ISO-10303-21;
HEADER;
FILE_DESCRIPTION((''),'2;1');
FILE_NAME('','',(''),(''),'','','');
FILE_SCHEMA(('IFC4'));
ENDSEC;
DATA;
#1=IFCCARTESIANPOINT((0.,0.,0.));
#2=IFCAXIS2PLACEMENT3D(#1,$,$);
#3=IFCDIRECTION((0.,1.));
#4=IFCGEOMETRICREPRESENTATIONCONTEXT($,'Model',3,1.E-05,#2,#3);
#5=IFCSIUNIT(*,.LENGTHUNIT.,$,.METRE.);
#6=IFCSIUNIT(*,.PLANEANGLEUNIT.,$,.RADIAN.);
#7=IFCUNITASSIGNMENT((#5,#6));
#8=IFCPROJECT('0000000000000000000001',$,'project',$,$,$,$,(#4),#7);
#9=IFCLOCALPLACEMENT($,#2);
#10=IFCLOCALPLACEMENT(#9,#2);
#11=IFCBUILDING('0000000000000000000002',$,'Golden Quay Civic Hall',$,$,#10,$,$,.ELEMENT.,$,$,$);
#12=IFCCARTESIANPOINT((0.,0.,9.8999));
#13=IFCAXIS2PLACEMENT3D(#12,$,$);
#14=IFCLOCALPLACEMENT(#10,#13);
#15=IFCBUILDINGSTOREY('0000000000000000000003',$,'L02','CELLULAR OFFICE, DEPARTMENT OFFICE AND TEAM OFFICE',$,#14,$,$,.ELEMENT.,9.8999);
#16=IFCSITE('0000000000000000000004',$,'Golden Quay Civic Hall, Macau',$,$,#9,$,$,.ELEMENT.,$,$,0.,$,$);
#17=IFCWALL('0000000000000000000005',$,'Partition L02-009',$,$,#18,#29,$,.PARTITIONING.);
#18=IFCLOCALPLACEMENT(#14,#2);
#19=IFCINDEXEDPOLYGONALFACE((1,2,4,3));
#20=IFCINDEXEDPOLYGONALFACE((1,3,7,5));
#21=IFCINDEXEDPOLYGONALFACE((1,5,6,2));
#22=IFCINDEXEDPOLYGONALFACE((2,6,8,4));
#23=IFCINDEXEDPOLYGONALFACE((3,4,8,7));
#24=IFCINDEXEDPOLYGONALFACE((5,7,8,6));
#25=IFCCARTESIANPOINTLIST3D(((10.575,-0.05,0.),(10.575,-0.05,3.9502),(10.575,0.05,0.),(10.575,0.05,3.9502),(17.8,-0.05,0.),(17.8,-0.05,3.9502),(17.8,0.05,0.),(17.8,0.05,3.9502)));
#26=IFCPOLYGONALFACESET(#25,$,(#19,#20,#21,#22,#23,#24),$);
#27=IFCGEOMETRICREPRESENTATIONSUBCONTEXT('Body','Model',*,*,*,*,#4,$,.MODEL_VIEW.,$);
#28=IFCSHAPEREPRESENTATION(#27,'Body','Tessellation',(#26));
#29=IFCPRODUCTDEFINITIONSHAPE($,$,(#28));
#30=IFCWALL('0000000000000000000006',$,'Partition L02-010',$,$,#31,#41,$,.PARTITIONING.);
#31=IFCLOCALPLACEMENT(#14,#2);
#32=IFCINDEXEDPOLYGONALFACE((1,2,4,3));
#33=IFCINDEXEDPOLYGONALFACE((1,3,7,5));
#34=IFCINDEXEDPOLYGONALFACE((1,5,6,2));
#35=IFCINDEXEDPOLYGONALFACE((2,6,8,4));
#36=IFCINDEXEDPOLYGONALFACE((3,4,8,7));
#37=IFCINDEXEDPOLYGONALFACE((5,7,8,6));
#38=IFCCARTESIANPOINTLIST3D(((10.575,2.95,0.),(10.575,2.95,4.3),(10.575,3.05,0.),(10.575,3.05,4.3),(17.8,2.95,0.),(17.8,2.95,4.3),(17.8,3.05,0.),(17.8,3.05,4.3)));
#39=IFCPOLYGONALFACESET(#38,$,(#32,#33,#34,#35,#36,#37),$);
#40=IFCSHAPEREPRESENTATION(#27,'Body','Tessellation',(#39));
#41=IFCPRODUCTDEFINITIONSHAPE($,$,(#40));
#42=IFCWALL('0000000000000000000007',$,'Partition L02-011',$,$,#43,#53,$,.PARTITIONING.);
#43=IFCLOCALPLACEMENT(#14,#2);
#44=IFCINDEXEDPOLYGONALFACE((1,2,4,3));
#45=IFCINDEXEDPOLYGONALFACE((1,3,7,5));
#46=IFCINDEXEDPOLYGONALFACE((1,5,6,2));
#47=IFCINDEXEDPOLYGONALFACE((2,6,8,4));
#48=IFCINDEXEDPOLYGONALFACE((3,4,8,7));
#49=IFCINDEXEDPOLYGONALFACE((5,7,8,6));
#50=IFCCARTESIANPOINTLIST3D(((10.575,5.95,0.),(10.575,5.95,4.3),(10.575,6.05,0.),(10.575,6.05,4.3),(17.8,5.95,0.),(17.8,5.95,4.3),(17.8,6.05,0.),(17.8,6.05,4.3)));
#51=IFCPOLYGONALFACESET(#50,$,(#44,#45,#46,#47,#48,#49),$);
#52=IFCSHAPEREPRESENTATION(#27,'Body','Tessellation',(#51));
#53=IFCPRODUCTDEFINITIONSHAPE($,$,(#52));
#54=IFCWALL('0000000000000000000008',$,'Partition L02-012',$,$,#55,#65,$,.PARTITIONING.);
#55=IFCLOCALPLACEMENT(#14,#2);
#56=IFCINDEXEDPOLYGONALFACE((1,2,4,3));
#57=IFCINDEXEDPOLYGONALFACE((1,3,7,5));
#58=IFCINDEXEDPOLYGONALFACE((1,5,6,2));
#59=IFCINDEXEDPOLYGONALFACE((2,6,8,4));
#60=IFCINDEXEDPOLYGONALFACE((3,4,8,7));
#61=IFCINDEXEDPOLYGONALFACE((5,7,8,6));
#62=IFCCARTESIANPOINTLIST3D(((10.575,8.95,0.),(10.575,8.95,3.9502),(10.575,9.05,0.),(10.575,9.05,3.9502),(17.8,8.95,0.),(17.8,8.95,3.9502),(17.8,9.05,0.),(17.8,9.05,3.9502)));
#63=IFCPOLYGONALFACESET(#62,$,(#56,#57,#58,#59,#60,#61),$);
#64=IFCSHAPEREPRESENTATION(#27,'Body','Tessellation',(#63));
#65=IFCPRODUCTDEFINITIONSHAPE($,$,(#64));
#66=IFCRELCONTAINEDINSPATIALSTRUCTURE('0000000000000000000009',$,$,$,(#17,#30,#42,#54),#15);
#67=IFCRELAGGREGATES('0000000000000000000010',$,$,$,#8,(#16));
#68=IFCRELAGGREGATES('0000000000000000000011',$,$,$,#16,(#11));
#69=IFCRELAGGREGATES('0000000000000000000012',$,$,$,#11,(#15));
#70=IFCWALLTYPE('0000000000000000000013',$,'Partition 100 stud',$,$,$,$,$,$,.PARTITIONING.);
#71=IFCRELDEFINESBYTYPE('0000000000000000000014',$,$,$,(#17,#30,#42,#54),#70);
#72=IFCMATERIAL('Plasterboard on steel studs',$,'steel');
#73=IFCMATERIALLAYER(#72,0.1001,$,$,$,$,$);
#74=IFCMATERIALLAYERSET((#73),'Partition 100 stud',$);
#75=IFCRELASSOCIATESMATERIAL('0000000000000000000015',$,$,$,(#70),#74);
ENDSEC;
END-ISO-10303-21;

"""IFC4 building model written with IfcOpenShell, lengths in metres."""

from ifc_helpers import new_model, si_unit, direction, frame, frame_2d, origin, place, context, subcontext, project, spatial, rectangle, extrude, material, layer, layer_set, type_object, element, save


model = new_model("IFC4")

# Units and contexts
model_context = context("Model", 3, precision=1e-05, world=origin(), true_north=direction((0.0, 1.0)))
body_context = subcontext(model_context, "Body", "Model", "MODEL_VIEW")
ifc_project = project(units=[si_unit("LENGTHUNIT", "METRE"), si_unit("PLANEANGLEUNIT", "RADIAN")], contexts=[model_context])

# Site, building, storey
site_placement = place(None, origin())
site = spatial("IfcSite", under=ifc_project, at=site_placement, Name="Golden Quay Civic Hall, Macau", CompositionType="ELEMENT", RefElevation=0.0)
building_placement = place(site_placement, origin())
building = spatial("IfcBuilding", under=site, at=building_placement, Name="Golden Quay Civic Hall", CompositionType="ELEMENT")
storey_placement = place(building_placement, frame((0.0, 0.0, 9.8999)))
storey = spatial("IfcBuildingStorey", under=building, at=storey_placement, Name="L02", Description="CELLULAR OFFICE, DEPARTMENT OFFICE AND TEAM OFFICE", CompositionType="ELEMENT", Elevation=9.8999)

# Walls
ifc_material_1 = material(Name="Plasterboard on steel studs", Category="steel")
ifc_layer = layer(ifc_material_1, 0.1001)
ifc_layer_set = layer_set([ifc_layer], Name="Partition 100 stud")
wall_type = type_object("IfcWallType", Name="Partition 100 stud", PredefinedType="PARTITIONING", material=ifc_layer_set)
wall_1_placement = place(storey_placement, frame((10.575, 0.0, 0.0), z_axis=(0.0, 0.0, 1.0), x_axis=(1.0, 0.0, 0.0)))
element("IfcWall", 1, at=wall_1_placement, inside=storey, type_object=wall_type, Name="Partition L02-009", PredefinedType="PARTITIONING", context=body_context, shape_type="SweptSolid", body=[
    extrude(rectangle(XDim=7.2251, YDim=0.1001, at=frame_2d((3.6125, 0.0))), origin(), (0.0, 0.0, 1.0), 3.9502),
])
for number, where, z_axis, x_axis, name in (
    (2, (10.575, 3.0, 0.0), (0.0, 0.0, 1.0), (1.0, 0.0, 0.0), "Partition L02-010"),
    (3, (10.575, 6.0, 0.0), (0.0, 0.0, 1.0), (1.0, 0.0, 0.0), "Partition L02-011"),
):
    element("IfcWall", number, at=place(storey_placement, frame(where, z_axis=z_axis, x_axis=x_axis)), inside=storey, type_object=wall_type, Name=name, PredefinedType="PARTITIONING", context=body_context, shape_type="SweptSolid", body=[
        extrude(rectangle(XDim=7.2251, YDim=0.1001, at=frame_2d((3.6125, 0.0))), origin(), (0.0, 0.0, 1.0), 4.3),
    ])
wall_2_placement = place(storey_placement, frame((10.575, 9.0, 0.0), z_axis=(0.0, 0.0, 1.0), x_axis=(1.0, 0.0, 0.0)))
element("IfcWall", 4, at=wall_2_placement, inside=storey, type_object=wall_type, Name="Partition L02-012", PredefinedType="PARTITIONING", context=body_context, shape_type="SweptSolid", body=[
    extrude(rectangle(XDim=7.2251, YDim=0.1001, at=frame_2d((3.6125, 0.0))), origin(), (0.0, 0.0, 1.0), 3.9502),
])

save(model, "model.ifc")
